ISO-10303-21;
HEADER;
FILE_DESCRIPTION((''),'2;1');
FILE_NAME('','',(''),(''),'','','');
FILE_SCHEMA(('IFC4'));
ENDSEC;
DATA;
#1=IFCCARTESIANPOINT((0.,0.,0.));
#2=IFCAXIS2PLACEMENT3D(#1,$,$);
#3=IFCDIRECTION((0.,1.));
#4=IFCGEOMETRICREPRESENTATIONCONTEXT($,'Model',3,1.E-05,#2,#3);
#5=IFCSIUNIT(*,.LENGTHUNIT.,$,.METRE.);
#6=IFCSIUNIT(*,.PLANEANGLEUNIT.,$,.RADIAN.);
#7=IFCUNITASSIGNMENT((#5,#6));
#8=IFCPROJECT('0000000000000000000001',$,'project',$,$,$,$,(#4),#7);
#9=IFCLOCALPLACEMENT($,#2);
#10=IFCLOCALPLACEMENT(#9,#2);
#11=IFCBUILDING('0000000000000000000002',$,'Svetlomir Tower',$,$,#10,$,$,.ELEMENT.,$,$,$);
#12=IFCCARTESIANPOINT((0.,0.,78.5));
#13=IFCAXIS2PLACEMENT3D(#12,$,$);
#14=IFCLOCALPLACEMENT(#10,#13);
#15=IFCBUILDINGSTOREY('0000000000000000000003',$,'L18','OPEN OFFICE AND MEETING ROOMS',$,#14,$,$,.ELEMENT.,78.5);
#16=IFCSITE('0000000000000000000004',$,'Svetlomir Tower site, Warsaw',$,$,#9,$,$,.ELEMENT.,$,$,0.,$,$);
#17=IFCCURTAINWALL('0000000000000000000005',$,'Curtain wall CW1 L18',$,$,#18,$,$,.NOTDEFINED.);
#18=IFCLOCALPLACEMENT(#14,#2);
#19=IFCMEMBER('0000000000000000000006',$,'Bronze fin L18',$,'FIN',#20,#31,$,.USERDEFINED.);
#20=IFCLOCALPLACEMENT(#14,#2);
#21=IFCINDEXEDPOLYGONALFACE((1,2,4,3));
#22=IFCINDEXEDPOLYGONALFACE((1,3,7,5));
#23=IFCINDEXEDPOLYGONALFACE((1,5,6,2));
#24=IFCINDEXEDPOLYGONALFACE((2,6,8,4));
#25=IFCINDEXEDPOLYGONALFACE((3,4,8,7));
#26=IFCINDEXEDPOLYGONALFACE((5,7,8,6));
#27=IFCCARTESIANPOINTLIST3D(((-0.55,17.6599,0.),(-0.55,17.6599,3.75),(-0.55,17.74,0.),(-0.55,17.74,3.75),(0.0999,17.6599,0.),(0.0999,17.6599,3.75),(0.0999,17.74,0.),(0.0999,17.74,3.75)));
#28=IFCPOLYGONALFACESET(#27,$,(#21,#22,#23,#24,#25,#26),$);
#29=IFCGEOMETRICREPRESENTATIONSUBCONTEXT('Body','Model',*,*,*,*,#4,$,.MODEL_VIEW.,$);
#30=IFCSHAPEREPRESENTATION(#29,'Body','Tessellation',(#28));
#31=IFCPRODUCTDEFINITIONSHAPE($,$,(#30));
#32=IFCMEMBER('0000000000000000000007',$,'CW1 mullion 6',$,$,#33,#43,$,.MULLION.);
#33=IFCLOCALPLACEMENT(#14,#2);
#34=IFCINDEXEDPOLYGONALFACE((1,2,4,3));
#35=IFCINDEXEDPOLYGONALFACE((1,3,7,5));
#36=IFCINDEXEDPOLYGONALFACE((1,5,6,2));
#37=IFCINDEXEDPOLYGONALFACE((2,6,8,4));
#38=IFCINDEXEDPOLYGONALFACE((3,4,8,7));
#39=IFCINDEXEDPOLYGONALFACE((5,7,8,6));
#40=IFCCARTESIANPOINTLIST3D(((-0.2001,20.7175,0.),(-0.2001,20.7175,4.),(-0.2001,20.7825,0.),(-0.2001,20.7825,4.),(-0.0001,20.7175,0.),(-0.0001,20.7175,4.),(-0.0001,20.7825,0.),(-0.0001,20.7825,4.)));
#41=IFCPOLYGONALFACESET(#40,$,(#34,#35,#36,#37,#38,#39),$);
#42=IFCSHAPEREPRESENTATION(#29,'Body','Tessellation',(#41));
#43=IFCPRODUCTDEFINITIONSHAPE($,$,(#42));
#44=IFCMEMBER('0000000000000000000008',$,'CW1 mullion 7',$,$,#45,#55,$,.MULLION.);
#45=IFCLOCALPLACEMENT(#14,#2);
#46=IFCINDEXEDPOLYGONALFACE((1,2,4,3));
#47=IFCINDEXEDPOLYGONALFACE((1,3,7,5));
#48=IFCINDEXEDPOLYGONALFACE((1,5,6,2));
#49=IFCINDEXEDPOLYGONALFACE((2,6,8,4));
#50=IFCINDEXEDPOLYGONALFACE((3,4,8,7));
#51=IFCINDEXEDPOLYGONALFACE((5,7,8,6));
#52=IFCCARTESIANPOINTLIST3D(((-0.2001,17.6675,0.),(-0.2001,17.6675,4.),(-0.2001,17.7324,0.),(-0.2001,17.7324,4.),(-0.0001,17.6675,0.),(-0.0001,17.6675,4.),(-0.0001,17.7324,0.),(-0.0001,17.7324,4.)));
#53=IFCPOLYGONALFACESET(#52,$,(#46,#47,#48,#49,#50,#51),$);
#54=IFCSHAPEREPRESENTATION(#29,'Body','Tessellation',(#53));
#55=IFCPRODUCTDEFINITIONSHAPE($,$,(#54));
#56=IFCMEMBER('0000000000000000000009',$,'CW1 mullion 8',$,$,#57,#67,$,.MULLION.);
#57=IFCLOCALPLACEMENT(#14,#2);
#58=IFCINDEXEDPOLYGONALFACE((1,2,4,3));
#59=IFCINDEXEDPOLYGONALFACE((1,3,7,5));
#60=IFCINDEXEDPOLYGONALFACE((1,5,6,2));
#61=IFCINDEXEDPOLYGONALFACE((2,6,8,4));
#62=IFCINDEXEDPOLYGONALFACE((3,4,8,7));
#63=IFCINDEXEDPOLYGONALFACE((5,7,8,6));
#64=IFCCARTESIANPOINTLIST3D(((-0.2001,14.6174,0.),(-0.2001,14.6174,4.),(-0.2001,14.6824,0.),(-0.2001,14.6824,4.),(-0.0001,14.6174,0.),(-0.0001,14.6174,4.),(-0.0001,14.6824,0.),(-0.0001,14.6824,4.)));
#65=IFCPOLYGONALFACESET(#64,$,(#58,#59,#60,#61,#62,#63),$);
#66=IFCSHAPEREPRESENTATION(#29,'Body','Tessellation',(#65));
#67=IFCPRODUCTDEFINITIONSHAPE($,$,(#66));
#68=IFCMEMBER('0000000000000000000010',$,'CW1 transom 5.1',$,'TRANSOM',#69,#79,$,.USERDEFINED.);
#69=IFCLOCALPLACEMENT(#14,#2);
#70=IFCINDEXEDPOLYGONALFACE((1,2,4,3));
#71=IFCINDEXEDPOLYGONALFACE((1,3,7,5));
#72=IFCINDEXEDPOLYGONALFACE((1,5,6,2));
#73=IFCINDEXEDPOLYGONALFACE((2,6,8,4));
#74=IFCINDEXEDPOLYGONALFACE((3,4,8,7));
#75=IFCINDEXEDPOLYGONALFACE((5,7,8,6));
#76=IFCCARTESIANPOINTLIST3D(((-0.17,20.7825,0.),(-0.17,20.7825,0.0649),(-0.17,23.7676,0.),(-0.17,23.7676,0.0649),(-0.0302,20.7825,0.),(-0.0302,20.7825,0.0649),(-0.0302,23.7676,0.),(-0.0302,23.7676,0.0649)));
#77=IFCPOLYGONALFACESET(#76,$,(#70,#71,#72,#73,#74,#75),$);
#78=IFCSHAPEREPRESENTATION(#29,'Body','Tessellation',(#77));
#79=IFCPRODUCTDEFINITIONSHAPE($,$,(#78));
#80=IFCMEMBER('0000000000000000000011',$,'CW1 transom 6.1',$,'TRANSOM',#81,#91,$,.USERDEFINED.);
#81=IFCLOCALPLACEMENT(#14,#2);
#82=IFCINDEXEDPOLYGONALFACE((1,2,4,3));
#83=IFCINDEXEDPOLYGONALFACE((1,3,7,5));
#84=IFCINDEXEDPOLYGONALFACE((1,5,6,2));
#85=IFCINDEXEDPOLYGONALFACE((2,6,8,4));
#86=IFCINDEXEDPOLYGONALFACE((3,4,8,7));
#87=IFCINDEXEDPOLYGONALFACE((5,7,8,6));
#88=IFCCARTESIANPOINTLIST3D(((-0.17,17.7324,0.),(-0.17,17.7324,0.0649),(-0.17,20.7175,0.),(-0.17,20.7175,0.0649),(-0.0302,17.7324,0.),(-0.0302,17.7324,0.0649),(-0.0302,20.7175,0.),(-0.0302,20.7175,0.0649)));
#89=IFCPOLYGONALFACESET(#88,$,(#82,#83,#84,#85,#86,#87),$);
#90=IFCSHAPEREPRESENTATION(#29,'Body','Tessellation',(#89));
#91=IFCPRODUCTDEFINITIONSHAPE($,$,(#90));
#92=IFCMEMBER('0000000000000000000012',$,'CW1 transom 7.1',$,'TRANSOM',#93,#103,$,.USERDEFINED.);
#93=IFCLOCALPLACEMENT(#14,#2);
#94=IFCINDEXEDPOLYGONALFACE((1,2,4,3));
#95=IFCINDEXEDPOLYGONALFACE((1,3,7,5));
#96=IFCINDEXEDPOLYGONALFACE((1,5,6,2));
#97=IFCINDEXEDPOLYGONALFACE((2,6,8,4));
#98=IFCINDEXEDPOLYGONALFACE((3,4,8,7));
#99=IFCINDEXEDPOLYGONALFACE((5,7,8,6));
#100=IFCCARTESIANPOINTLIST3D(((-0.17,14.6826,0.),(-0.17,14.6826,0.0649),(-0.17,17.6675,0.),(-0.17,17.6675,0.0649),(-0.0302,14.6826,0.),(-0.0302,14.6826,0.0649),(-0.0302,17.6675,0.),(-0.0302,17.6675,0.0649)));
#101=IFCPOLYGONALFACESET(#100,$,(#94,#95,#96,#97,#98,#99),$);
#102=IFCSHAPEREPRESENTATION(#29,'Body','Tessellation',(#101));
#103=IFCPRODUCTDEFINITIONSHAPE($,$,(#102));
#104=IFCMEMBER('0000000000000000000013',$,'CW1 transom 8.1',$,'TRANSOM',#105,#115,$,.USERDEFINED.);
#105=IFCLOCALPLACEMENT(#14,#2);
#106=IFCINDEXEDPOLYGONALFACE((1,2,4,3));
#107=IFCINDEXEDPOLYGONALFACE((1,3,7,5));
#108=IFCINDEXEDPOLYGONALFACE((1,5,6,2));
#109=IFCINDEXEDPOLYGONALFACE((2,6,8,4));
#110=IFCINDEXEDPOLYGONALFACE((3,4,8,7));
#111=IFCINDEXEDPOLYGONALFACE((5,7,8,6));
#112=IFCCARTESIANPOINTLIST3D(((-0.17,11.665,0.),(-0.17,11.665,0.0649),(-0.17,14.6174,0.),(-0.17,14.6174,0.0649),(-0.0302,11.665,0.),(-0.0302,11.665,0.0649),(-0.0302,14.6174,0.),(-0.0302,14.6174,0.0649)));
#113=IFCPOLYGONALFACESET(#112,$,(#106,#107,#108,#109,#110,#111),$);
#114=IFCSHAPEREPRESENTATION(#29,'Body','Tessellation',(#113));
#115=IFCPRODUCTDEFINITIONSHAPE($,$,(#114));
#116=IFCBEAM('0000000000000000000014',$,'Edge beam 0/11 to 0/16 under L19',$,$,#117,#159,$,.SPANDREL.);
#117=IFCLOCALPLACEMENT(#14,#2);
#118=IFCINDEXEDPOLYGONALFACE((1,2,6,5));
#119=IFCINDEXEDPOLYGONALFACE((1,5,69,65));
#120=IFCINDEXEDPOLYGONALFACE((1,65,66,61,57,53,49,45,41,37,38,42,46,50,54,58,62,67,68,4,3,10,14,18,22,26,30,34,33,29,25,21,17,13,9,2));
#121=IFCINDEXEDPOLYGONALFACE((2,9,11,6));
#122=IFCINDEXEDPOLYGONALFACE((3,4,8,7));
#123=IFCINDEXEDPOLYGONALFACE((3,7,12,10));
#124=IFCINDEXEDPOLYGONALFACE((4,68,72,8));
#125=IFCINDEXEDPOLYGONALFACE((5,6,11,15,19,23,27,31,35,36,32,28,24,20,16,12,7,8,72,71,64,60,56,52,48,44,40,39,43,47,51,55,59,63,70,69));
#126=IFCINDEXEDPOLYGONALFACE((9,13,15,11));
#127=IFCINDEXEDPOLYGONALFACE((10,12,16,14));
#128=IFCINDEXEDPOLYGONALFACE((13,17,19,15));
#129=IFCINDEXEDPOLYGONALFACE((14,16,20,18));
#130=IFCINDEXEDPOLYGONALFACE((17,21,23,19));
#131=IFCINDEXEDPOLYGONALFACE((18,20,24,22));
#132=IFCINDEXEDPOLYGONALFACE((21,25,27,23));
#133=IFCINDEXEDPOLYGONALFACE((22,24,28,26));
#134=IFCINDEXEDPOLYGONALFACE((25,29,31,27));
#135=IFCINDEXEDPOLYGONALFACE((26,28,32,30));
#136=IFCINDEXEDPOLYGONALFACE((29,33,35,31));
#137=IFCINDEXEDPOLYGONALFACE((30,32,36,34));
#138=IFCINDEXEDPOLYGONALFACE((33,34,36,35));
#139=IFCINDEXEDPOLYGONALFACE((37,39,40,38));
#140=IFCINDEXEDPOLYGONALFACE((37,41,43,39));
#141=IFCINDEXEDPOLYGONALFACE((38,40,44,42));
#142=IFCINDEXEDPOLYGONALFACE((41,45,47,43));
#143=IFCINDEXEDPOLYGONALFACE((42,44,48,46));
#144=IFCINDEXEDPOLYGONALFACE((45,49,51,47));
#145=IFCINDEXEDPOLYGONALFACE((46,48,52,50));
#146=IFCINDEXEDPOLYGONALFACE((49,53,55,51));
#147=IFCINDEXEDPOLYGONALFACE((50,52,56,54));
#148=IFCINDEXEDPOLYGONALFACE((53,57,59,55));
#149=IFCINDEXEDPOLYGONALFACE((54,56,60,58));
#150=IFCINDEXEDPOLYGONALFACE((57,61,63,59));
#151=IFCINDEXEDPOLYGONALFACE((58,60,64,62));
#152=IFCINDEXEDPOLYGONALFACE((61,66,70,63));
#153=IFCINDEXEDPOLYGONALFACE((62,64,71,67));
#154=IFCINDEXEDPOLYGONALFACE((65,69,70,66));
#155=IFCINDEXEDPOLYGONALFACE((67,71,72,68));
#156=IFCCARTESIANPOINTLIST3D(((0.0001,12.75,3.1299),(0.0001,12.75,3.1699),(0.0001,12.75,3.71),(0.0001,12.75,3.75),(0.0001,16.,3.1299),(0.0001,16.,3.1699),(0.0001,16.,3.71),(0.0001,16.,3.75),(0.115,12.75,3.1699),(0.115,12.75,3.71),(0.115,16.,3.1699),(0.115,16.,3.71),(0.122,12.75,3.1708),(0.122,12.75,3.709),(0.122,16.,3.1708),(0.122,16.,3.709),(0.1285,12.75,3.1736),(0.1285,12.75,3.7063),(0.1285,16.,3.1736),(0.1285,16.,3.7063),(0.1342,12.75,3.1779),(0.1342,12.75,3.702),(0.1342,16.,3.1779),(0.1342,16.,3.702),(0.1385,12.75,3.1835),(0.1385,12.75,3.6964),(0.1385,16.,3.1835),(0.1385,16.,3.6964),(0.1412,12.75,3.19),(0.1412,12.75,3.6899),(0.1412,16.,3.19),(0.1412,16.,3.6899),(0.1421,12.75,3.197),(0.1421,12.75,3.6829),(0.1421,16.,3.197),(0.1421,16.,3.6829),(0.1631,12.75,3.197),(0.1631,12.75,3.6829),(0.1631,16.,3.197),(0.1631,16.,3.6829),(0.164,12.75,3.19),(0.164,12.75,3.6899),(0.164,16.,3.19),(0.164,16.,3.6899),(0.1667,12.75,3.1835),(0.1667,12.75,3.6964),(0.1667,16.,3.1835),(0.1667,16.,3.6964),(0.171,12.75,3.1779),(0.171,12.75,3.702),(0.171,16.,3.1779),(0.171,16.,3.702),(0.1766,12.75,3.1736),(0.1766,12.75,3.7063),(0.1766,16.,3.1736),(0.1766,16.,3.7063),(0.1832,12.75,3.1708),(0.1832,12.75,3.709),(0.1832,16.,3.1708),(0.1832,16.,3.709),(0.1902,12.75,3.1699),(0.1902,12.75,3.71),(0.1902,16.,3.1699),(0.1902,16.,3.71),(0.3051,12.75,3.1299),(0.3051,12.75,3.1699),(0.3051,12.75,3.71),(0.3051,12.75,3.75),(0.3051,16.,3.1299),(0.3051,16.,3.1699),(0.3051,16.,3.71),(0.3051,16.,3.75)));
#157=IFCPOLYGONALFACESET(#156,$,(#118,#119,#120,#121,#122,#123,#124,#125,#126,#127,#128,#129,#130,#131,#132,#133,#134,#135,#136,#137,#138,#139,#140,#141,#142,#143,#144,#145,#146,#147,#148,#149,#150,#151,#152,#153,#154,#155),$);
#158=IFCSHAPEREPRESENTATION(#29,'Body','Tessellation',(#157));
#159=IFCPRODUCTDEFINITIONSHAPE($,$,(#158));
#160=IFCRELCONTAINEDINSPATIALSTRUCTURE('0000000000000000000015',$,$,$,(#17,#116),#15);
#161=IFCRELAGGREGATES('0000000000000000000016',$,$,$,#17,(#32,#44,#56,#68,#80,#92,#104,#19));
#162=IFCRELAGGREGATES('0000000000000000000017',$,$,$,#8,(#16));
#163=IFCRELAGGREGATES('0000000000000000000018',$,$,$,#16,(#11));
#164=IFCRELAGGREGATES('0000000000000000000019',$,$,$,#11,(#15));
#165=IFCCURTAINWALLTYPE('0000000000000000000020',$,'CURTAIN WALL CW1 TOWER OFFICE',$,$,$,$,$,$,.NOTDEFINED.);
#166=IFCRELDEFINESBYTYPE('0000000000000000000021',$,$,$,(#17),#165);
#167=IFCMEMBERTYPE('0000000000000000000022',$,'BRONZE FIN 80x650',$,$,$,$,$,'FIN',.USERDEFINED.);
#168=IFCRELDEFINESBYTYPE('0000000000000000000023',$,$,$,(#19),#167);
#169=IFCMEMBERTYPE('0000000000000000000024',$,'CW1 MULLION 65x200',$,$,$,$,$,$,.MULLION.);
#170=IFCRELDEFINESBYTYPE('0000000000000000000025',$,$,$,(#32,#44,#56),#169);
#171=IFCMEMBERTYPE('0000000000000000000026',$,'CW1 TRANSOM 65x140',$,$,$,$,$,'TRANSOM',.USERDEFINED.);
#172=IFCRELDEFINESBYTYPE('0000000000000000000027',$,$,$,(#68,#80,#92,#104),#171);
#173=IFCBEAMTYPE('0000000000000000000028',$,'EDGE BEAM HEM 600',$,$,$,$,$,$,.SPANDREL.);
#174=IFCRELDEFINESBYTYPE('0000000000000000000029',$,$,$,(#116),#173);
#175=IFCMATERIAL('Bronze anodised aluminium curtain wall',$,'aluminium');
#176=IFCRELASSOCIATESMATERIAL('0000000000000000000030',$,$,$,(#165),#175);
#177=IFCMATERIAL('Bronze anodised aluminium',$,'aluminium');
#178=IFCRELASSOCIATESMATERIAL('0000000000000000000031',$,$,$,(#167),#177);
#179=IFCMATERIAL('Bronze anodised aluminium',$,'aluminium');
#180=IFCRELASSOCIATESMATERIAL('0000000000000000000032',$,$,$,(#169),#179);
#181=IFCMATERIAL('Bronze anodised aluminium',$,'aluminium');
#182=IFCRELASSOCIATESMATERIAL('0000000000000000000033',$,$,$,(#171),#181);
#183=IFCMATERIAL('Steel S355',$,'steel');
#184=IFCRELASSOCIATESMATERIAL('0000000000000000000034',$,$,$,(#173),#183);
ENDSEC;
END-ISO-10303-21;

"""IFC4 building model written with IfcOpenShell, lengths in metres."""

from ifc_helpers import new_model, si_unit, direction, frame, origin, origin_2d, place, context, subcontext, project, spatial, rectangle, i_section, extrude, material, material_profile, profile_set, type_object, element, aggregate, save


model = new_model("IFC4")

# Units and contexts
model_context = context("Model", 3, precision=1e-05, world=origin(), true_north=direction((0.0, 1.0)))
body_context = subcontext(model_context, "Body", "Model", "MODEL_VIEW")
ifc_project = project(units=[si_unit("LENGTHUNIT", "METRE"), si_unit("PLANEANGLEUNIT", "RADIAN")], contexts=[model_context])

# Site, building, storey
site_placement = place(None, origin())
site = spatial("IfcSite", under=ifc_project, at=site_placement, Name="Svetlomir Tower site, Warsaw", CompositionType="ELEMENT", RefElevation=0.0)
building_placement = place(site_placement, origin())
building = spatial("IfcBuilding", under=site, at=building_placement, Name="Svetlomir Tower", CompositionType="ELEMENT")
storey_placement = place(building_placement, frame((0.0, 0.0, 78.5)))
storey = spatial("IfcBuildingStorey", under=building, at=storey_placement, Name="L18", Description="OPEN OFFICE AND MEETING ROOMS", CompositionType="ELEMENT", Elevation=78.5)

# Curtain wall, members
ifc_material_1 = material(Name="Bronze anodised aluminium curtain wall", Category="aluminium")
curtain_wall_type = type_object("IfcCurtainWallType", Name="CURTAIN WALL CW1 TOWER OFFICE", PredefinedType="NOTDEFINED", material=ifc_material_1)
curtain_wall_placement = place(storey_placement, origin())
curtain_wall = element("IfcCurtainWall", 1, at=curtain_wall_placement, inside=storey, type_object=curtain_wall_type, Name="Curtain wall CW1 L18", PredefinedType="NOTDEFINED")
ifc_material_2 = material(Name="Bronze anodised aluminium", Category="aluminium")
ifc_material_profile_1 = material_profile(ifc_material_2, rectangle(XDim=0.0801, YDim=0.6499, at=origin_2d()), Name="FIN 80x650")
ifc_profile_set_1 = profile_set([ifc_material_profile_1], Name="Bronze anodised aluminium 6063-T6")
member_type_1 = type_object("IfcMemberType", Name="BRONZE FIN 80x650", ElementType="FIN", PredefinedType="USERDEFINED", material=ifc_profile_set_1)
member_1_placement = place(storey_placement, frame((-0.2251, 17.7, 0.0), z_axis=(0.0, 0.0, 1.0), x_axis=(0.0, 1.0, 0.0)))
member_1 = element("IfcMember", 2, at=member_1_placement, type_object=member_type_1, Name="Bronze fin L18", ObjectType="FIN", PredefinedType="USERDEFINED", context=body_context, shape_type="SweptSolid", body=[
    extrude(rectangle(XDim=0.0801, YDim=0.6499, at=origin_2d()), origin(), (0.0, 0.0, 1.0), 3.75),
])
ifc_material_3 = material(Name="Bronze anodised aluminium", Category="aluminium")
ifc_material_profile_2 = material_profile(ifc_material_3, rectangle(XDim=0.0649, YDim=0.2, at=origin_2d()), Name="AL 65x200")
ifc_profile_set_2 = profile_set([ifc_material_profile_2], Name="Bronze anodised aluminium 6063-T6")
member_type_2 = type_object("IfcMemberType", Name="CW1 MULLION 65x200", PredefinedType="MULLION", material=ifc_profile_set_2)
member_2_placement = place(storey_placement, frame((-0.1001, 20.75, 0.0), z_axis=(0.0, 0.0, 1.0), x_axis=(0.0, -1.0, 0.0)))
member_2 = element("IfcMember", 3, at=member_2_placement, type_object=member_type_2, Name="CW1 mullion 6", PredefinedType="MULLION", context=body_context, shape_type="SweptSolid", body=[
    extrude(rectangle(XDim=0.0649, YDim=0.2, at=origin_2d()), origin(), (0.0, 0.0, 1.0), 4.0),
])
member_3_placement = place(storey_placement, frame((-0.1001, 17.7, 0.0), z_axis=(0.0, 0.0, 1.0), x_axis=(0.0, -1.0, 0.0)))
member_3 = element("IfcMember", 4, at=member_3_placement, type_object=member_type_2, Name="CW1 mullion 7", PredefinedType="MULLION", context=body_context, shape_type="SweptSolid", body=[
    extrude(rectangle(XDim=0.0649, YDim=0.2, at=origin_2d()), origin(), (0.0, 0.0, 1.0), 4.0),
])
member_4_placement = place(storey_placement, frame((-0.1001, 14.6499, 0.0), z_axis=(0.0, 0.0, 1.0), x_axis=(0.0, -1.0, 0.0)))
member_4 = element("IfcMember", 5, at=member_4_placement, type_object=member_type_2, Name="CW1 mullion 8", PredefinedType="MULLION", context=body_context, shape_type="SweptSolid", body=[
    extrude(rectangle(XDim=0.0649, YDim=0.2, at=origin_2d()), origin(), (0.0, 0.0, 1.0), 4.0),
])
ifc_material_4 = material(Name="Bronze anodised aluminium", Category="aluminium")
ifc_material_profile_3 = material_profile(ifc_material_4, rectangle(XDim=0.1399, YDim=0.0649, at=origin_2d()), Name="AL 140x65")
ifc_profile_set_3 = profile_set([ifc_material_profile_3], Name="Bronze anodised aluminium 6063-T6")
member_type_3 = type_object("IfcMemberType", Name="CW1 TRANSOM 65x140", ElementType="TRANSOM", PredefinedType="USERDEFINED", material=ifc_profile_set_3)
member_5_placement = place(storey_placement, frame((-0.1001, 23.7676, 0.0325), z_axis=(0.0, -1.0, 0.0), x_axis=(1.0, 0.0, 0.0)))
member_5 = element("IfcMember", 6, at=member_5_placement, type_object=member_type_3, Name="CW1 transom 5.1", ObjectType="TRANSOM", PredefinedType="USERDEFINED", context=body_context, shape_type="SweptSolid", body=[
    extrude(rectangle(XDim=0.1399, YDim=0.0649, at=origin_2d()), origin(), (0.0, 0.0, 1.0), 2.9851),
])
member_6_placement = place(storey_placement, frame((-0.1001, 20.7175, 0.0325), z_axis=(0.0, -1.0, 0.0), x_axis=(1.0, 0.0, 0.0)))
member_6 = element("IfcMember", 7, at=member_6_placement, type_object=member_type_3, Name="CW1 transom 6.1", ObjectType="TRANSOM", PredefinedType="USERDEFINED", context=body_context, shape_type="SweptSolid", body=[
    extrude(rectangle(XDim=0.1399, YDim=0.0649, at=origin_2d()), origin(), (0.0, 0.0, 1.0), 2.9851),
])
member_7_placement = place(storey_placement, frame((-0.1001, 17.6675, 0.0325), z_axis=(0.0, -1.0, 0.0), x_axis=(1.0, 0.0, 0.0)))
member_7 = element("IfcMember", 8, at=member_7_placement, type_object=member_type_3, Name="CW1 transom 7.1", ObjectType="TRANSOM", PredefinedType="USERDEFINED", context=body_context, shape_type="SweptSolid", body=[
    extrude(rectangle(XDim=0.1399, YDim=0.0649, at=origin_2d()), origin(), (0.0, 0.0, 1.0), 2.9849),
])
member_8_placement = place(storey_placement, frame((-0.1001, 14.6174, 0.0325), z_axis=(0.0, -1.0, 0.0), x_axis=(1.0, 0.0, 0.0)))
member_8 = element("IfcMember", 9, at=member_8_placement, type_object=member_type_3, Name="CW1 transom 8.1", ObjectType="TRANSOM", PredefinedType="USERDEFINED", context=body_context, shape_type="SweptSolid", body=[
    extrude(rectangle(XDim=0.1399, YDim=0.0649, at=origin_2d()), origin(), (0.0, 0.0, 1.0), 2.9524),
])

# Beam
ifc_material_5 = material(Name="Steel S355", Category="steel")
ifc_material_profile_4 = material_profile(ifc_material_5, i_section(OverallWidth=0.3049, OverallDepth=0.6201, WebThickness=0.021, FlangeThickness=0.04, FilletRadius=0.0271, at=origin_2d()), Name="HEM 600")
ifc_profile_set_4 = profile_set([ifc_material_profile_4], Name="Steel S355")
beam_type = type_object("IfcBeamType", Name="EDGE BEAM HEM 600", PredefinedType="SPANDREL", material=ifc_profile_set_4)
beam_placement = place(storey_placement, frame((0.1526, 12.75, 3.4399), z_axis=(0.0, 1.0, 0.0), x_axis=(-1.0, 0.0, 0.0)))
element("IfcBeam", 10, at=beam_placement, inside=storey, type_object=beam_type, Name="Edge beam 0/11 to 0/16 under L19", PredefinedType="SPANDREL", context=body_context, shape_type="SweptSolid", body=[
    extrude(i_section(OverallWidth=0.3049, OverallDepth=0.6201, WebThickness=0.021, FlangeThickness=0.04, FilletRadius=0.0271, at=origin_2d()), origin(), (0.0, 0.0, 1.0), 3.25),
])

aggregate(curtain_wall, [member_2, member_3, member_4, member_5, member_6, member_7, member_8, member_1])

save(model, "model.ifc")
